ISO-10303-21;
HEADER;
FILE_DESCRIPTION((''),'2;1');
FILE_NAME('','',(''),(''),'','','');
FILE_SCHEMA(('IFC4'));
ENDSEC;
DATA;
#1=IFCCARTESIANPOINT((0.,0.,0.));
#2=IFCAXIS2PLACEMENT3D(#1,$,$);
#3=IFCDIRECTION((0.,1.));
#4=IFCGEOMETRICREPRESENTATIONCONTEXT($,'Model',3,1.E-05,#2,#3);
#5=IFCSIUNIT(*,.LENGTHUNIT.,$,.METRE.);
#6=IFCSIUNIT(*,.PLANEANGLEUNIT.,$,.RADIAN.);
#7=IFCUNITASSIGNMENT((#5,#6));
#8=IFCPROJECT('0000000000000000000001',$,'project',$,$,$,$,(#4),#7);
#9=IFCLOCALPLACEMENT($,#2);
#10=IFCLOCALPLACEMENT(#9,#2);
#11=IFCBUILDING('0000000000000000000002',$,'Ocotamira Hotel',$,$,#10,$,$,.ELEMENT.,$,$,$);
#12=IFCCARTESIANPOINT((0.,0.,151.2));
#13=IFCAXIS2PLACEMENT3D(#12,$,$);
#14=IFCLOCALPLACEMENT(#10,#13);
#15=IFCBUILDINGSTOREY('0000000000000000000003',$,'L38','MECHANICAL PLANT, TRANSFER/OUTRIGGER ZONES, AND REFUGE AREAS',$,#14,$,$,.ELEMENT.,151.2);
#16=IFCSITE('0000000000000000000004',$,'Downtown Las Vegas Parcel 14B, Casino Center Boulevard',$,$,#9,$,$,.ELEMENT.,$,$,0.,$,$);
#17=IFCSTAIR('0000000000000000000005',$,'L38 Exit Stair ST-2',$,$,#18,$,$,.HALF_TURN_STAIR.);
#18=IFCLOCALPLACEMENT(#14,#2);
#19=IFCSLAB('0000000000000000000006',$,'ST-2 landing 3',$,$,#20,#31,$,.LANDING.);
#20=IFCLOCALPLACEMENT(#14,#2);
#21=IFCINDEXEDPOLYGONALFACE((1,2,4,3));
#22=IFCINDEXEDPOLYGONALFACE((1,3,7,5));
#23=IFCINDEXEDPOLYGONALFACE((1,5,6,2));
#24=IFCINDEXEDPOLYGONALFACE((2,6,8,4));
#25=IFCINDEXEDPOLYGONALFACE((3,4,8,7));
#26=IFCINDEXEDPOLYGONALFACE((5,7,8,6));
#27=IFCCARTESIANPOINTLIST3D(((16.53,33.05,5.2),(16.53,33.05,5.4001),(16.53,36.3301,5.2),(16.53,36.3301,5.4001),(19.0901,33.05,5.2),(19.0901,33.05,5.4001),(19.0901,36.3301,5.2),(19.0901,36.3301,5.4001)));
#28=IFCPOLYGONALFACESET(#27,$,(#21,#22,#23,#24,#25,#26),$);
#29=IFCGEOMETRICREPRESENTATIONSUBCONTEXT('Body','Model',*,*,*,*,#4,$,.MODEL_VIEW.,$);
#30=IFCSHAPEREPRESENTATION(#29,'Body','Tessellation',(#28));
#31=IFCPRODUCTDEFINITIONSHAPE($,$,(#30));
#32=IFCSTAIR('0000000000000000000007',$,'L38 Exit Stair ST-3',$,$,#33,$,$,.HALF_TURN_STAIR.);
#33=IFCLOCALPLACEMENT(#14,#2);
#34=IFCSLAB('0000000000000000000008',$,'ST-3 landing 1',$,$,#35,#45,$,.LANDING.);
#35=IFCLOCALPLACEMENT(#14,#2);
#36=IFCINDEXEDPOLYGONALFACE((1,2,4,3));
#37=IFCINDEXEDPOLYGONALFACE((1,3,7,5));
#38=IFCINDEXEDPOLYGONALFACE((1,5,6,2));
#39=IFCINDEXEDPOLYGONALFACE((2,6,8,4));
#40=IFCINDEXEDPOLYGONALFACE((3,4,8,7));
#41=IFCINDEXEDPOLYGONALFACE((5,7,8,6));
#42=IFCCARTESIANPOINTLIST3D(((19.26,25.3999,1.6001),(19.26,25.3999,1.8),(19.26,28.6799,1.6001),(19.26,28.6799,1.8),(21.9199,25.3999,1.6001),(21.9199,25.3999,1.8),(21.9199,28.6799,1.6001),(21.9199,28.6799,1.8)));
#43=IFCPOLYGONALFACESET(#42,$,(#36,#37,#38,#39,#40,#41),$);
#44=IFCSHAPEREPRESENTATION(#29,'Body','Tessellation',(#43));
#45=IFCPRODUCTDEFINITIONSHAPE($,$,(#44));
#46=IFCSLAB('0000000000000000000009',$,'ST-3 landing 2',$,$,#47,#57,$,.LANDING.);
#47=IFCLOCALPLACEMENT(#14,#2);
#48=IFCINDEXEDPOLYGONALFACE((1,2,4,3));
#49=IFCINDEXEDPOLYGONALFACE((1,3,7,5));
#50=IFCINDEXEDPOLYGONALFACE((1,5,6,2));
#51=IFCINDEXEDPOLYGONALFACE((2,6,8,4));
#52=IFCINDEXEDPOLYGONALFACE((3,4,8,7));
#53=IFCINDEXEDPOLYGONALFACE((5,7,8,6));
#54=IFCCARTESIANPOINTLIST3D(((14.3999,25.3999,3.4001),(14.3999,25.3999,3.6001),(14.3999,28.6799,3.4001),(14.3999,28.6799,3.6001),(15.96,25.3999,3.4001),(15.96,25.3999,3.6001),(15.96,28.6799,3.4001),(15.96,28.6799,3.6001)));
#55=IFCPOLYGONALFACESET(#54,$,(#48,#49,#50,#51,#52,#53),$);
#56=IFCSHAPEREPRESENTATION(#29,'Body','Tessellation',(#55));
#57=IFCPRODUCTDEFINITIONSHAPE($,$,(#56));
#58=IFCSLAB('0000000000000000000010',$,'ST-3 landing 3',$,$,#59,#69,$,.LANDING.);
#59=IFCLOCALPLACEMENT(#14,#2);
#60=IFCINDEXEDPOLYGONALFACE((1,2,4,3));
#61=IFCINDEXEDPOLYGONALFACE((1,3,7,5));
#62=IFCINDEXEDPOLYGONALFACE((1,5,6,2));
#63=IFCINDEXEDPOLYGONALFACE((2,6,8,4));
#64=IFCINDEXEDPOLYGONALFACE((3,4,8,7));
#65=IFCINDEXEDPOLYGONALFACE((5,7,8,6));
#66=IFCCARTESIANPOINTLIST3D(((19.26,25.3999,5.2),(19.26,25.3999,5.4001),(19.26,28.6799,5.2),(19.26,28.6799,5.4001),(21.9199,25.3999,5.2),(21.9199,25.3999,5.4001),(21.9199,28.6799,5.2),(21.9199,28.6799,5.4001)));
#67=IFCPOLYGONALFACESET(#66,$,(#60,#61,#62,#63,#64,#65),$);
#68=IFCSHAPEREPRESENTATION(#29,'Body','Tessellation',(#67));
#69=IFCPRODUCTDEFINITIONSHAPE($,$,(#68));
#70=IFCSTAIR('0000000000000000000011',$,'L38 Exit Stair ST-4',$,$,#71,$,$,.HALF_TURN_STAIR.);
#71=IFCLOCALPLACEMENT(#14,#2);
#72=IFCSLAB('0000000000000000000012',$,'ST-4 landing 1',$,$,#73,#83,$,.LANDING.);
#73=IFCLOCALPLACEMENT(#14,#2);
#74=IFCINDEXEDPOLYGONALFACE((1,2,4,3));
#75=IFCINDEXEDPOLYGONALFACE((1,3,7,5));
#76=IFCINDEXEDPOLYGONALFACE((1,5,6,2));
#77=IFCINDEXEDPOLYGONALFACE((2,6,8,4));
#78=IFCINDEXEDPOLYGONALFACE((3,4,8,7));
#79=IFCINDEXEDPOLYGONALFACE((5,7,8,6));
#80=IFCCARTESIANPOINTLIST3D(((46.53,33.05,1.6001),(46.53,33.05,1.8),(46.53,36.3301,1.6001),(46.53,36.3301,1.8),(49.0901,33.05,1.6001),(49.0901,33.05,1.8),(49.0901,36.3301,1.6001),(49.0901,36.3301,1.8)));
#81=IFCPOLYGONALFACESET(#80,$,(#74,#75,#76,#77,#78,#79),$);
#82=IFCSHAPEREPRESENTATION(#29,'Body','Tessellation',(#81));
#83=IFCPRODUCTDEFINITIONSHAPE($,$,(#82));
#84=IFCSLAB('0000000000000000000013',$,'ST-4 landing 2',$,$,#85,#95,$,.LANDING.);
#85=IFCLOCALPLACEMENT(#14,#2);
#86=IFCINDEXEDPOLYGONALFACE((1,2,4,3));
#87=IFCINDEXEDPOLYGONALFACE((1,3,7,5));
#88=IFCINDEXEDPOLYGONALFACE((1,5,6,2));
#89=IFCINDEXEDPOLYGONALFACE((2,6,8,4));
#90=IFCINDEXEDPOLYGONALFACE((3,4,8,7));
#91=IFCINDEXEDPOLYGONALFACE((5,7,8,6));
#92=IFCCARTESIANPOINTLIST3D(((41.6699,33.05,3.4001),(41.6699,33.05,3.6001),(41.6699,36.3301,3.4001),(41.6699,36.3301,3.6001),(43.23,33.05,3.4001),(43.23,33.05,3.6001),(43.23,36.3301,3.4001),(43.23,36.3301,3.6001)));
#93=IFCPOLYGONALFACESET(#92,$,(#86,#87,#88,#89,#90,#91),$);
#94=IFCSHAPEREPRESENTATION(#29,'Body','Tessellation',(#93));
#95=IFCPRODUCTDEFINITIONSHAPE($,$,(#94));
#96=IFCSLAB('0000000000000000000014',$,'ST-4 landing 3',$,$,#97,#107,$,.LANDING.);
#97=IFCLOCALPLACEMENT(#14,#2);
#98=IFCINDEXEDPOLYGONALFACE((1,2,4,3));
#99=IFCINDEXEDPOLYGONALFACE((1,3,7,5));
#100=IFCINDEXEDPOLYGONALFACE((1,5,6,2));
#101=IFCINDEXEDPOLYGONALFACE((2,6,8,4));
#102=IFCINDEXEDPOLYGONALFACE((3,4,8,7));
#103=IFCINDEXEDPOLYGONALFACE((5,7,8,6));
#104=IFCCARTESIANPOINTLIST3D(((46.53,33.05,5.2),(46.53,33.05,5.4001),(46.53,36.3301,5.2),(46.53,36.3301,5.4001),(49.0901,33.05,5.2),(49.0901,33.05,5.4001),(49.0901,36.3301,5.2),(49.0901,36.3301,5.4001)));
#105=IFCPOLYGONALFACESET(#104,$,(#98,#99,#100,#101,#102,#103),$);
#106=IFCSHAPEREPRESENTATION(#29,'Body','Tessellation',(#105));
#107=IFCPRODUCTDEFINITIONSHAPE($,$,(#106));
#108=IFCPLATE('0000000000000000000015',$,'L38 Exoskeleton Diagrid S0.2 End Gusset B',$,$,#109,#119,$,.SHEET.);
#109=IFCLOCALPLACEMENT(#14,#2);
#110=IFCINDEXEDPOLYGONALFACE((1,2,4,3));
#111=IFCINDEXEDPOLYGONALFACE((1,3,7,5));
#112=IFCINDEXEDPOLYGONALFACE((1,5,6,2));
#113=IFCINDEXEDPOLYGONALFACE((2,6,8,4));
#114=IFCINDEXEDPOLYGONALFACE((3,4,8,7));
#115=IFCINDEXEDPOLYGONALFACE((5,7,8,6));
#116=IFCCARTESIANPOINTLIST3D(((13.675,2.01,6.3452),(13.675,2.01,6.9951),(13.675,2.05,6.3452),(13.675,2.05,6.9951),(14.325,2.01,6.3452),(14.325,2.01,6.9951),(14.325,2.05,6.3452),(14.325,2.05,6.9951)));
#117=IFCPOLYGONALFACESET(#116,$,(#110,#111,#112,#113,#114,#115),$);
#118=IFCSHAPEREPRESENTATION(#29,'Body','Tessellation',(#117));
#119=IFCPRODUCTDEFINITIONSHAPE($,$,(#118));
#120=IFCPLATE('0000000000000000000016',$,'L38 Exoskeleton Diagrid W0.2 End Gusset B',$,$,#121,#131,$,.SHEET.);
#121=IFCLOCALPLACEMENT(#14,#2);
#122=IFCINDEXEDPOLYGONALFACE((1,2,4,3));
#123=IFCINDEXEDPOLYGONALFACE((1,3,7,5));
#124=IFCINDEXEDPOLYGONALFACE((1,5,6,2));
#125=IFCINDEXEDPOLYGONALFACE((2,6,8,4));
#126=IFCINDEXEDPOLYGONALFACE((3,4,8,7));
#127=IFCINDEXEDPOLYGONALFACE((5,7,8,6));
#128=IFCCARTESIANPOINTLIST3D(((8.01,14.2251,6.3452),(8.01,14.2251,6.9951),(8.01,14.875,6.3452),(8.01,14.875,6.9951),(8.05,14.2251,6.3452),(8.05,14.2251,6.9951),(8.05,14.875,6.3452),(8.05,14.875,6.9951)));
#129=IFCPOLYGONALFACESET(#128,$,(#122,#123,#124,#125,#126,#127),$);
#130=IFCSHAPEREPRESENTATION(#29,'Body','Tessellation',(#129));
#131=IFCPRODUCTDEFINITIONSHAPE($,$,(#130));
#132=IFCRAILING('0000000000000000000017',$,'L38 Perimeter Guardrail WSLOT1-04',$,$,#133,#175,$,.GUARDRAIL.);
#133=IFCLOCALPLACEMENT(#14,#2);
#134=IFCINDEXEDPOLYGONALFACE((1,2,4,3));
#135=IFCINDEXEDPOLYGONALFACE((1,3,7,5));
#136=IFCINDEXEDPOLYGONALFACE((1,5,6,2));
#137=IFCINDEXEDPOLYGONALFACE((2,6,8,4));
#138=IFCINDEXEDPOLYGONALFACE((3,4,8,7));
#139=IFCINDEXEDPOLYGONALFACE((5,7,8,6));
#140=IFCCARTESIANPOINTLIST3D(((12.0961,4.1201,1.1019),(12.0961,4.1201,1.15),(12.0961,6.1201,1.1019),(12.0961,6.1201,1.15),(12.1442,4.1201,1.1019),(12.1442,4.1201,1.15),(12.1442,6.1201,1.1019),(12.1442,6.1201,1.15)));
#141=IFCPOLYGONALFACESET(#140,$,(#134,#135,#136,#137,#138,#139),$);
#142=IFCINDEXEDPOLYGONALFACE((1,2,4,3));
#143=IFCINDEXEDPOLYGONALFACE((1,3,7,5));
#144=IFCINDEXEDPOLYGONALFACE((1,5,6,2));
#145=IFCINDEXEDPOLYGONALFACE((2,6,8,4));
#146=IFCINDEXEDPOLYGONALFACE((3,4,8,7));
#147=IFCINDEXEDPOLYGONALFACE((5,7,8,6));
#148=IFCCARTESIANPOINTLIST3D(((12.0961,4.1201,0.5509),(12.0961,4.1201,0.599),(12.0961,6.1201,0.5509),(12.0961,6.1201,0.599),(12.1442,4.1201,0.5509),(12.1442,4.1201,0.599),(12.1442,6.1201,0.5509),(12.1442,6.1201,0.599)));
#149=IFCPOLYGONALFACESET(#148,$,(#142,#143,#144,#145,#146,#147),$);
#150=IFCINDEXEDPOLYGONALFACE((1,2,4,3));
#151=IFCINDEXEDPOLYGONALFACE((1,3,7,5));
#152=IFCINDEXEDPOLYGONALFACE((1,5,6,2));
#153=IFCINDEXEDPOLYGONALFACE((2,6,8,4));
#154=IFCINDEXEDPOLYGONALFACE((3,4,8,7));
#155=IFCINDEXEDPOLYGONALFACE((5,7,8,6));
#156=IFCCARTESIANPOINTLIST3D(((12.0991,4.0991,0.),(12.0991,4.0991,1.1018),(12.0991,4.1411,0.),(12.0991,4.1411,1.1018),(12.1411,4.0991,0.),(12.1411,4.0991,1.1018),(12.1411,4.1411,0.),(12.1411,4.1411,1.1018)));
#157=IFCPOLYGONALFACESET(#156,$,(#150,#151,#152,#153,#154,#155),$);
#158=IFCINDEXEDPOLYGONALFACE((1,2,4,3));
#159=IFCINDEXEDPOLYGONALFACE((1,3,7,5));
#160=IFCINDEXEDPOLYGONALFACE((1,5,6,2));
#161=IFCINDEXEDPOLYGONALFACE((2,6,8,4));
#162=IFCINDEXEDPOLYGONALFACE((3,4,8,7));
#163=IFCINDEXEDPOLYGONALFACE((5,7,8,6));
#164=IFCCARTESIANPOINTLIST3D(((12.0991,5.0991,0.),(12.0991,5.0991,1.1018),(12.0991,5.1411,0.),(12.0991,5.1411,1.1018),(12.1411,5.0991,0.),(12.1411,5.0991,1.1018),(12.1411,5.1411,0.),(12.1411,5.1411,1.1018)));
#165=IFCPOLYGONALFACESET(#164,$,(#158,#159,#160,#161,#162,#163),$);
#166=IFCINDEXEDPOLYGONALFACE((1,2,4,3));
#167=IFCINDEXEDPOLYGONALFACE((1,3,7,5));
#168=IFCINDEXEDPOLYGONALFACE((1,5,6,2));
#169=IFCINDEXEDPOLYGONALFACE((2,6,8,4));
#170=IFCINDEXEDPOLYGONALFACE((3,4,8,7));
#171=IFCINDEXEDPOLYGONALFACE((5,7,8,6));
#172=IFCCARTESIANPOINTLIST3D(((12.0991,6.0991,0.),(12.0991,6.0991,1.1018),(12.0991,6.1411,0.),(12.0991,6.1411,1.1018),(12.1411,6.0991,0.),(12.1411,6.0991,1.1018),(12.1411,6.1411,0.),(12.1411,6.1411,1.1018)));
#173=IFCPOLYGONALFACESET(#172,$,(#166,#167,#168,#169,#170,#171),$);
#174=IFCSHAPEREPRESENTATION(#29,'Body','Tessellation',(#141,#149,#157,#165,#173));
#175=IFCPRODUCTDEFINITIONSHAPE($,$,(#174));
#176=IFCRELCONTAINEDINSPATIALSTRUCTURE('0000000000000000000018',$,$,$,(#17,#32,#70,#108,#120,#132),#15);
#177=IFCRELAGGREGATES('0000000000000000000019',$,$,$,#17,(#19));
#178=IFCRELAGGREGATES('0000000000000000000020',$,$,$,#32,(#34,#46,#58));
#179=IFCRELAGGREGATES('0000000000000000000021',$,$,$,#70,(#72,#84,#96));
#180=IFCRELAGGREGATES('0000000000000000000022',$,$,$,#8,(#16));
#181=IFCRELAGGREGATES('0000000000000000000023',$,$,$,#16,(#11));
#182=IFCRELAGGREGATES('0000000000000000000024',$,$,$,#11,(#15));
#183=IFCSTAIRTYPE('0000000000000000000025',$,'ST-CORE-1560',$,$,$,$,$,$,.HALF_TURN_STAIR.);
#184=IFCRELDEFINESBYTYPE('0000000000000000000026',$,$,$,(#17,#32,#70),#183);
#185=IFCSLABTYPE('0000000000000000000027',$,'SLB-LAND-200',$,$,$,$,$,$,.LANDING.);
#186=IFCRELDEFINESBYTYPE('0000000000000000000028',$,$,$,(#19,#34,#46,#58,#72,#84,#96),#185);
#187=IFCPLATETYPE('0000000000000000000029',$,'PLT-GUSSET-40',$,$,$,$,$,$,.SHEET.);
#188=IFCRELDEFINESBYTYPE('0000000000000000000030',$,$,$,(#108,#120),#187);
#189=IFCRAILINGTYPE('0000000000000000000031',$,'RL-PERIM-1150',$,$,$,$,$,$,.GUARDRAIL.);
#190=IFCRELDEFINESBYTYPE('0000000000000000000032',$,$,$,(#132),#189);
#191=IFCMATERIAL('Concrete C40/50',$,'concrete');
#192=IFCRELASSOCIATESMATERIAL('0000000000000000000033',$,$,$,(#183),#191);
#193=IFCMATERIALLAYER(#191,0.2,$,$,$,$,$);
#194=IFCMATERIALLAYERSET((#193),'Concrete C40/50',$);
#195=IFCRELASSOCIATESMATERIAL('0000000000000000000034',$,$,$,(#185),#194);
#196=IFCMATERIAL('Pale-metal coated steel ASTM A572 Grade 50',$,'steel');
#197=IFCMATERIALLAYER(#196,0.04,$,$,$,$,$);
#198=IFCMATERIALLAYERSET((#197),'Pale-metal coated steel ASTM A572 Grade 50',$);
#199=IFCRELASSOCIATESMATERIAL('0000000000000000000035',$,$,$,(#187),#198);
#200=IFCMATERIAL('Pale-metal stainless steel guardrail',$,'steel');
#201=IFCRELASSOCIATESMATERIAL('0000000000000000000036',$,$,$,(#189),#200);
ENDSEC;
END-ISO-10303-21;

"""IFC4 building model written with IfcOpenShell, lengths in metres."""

from ifc_helpers import new_model, si_unit, direction, frame, origin, origin_2d, place, context, subcontext, project, spatial, polyline, rectangle, outline, extrude, source, transform, mapped, material, layer, layer_set, type_object, element, aggregate, save


model = new_model("IFC4")

# Units and contexts
model_context = context("Model", 3, precision=1e-05, world=origin(), true_north=direction((0.0, 1.0)))
body_context = subcontext(model_context, "Body", "Model", "MODEL_VIEW")
ifc_project = project(units=[si_unit("LENGTHUNIT", "METRE"), si_unit("PLANEANGLEUNIT", "RADIAN")], contexts=[model_context])

# Site, building, storey
site_placement = place(None, origin())
site = spatial("IfcSite", under=ifc_project, at=site_placement, Name="Downtown Las Vegas Parcel 14B, Casino Center Boulevard", CompositionType="ELEMENT", RefElevation=0.0)
building_placement = place(site_placement, origin())
building = spatial("IfcBuilding", under=site, at=building_placement, Name="Ocotamira Hotel", CompositionType="ELEMENT")
storey_placement = place(building_placement, frame((0.0, 0.0, 151.2)))
storey = spatial("IfcBuildingStorey", under=building, at=storey_placement, Name="L38", Description="MECHANICAL PLANT, TRANSFER/OUTRIGGER ZONES, AND REFUGE AREAS", CompositionType="ELEMENT", Elevation=151.2)

# Shared definitions
ifc_material_1 = material(Name="Concrete C40/50", Category="concrete")

# Stairs, slabs
stair_type = type_object("IfcStairType", Name="ST-CORE-1560", PredefinedType="HALF_TURN_STAIR", material=ifc_material_1)
ifc_layer_1 = layer(ifc_material_1, 0.2)
ifc_layer_set_1 = layer_set([ifc_layer_1], Name="Concrete C40/50")
slab_type_1 = type_object("IfcSlabType", Name="SLB-LAND-200", PredefinedType="LANDING", material=ifc_layer_set_1)
stair_1_placement = place(storey_placement, origin())
stair_1 = element("IfcStair", 1, at=stair_1_placement, inside=storey, type_object=stair_type, Name="L38 Exit Stair ST-2", PredefinedType="HALF_TURN_STAIR")
slab_1_placement = place(storey_placement, frame((0.0, 0.0, 5.2)))
slab_1 = element("IfcSlab", 2, at=slab_1_placement, type_object=slab_type_1, Name="ST-2 landing 3", PredefinedType="LANDING", context=body_context, shape_type="SweptSolid", body=[
    extrude(outline(polyline([(16.53, 33.05), (19.0901, 33.05), (19.0901, 36.3301), (16.53, 36.3301), (16.53, 33.05)])), origin(), (0.0, 0.0, 1.0), 0.2002),
])
aggregate(stair_1, [slab_1])
stair_2_placement = place(storey_placement, origin())
stair_2 = element("IfcStair", 3, at=stair_2_placement, inside=storey, type_object=stair_type, Name="L38 Exit Stair ST-3", PredefinedType="HALF_TURN_STAIR")
slab_2_placement = place(storey_placement, frame((0.0, 0.0, 1.6001)))
slab_2 = element("IfcSlab", 4, at=slab_2_placement, type_object=slab_type_1, Name="ST-3 landing 1", PredefinedType="LANDING", context=body_context, shape_type="SweptSolid", body=[
    extrude(outline(polyline([(19.26, 25.3999), (21.9199, 25.3999), (21.9199, 28.6799), (19.26, 28.6799), (19.26, 25.3999)])), origin(), (0.0, 0.0, 1.0), 0.2),
])
slab_3_placement = place(storey_placement, frame((0.0, 0.0, 3.4001)))
slab_3 = element("IfcSlab", 5, at=slab_3_placement, type_object=slab_type_1, Name="ST-3 landing 2", PredefinedType="LANDING", context=body_context, shape_type="SweptSolid", body=[
    extrude(outline(polyline([(14.3999, 25.3999), (15.96, 25.3999), (15.96, 28.6799), (14.3999, 28.6799), (14.3999, 25.3999)])), origin(), (0.0, 0.0, 1.0), 0.2),
])
slab_4_placement = place(storey_placement, frame((0.0, 0.0, 5.2)))
slab_4 = element("IfcSlab", 6, at=slab_4_placement, type_object=slab_type_1, Name="ST-3 landing 3", PredefinedType="LANDING", context=body_context, shape_type="SweptSolid", body=[
    extrude(outline(polyline([(19.26, 25.3999), (21.9199, 25.3999), (21.9199, 28.6799), (19.26, 28.6799), (19.26, 25.3999)])), origin(), (0.0, 0.0, 1.0), 0.2002),
])
aggregate(stair_2, [slab_2, slab_3, slab_4])
stair_3_placement = place(storey_placement, origin())
stair_3 = element("IfcStair", 7, at=stair_3_placement, inside=storey, type_object=stair_type, Name="L38 Exit Stair ST-4", PredefinedType="HALF_TURN_STAIR")
slab_5_placement = place(storey_placement, frame((0.0, 0.0, 1.6001)))
slab_5 = element("IfcSlab", 8, at=slab_5_placement, type_object=slab_type_1, Name="ST-4 landing 1", PredefinedType="LANDING", context=body_context, shape_type="SweptSolid", body=[
    extrude(outline(polyline([(46.53, 33.05), (49.0901, 33.05), (49.0901, 36.3301), (46.53, 36.3301), (46.53, 33.05)])), origin(), (0.0, 0.0, 1.0), 0.2),
])
slab_6_placement = place(storey_placement, frame((0.0, 0.0, 3.4001)))
slab_6 = element("IfcSlab", 9, at=slab_6_placement, type_object=slab_type_1, Name="ST-4 landing 2", PredefinedType="LANDING", context=body_context, shape_type="SweptSolid", body=[
    extrude(outline(polyline([(41.6699, 33.05), (43.23, 33.05), (43.23, 36.3301), (41.6699, 36.3301), (41.6699, 33.05)])), origin(), (0.0, 0.0, 1.0), 0.2),
])
slab_7_placement = place(storey_placement, frame((0.0, 0.0, 5.2)))
slab_7 = element("IfcSlab", 10, at=slab_7_placement, type_object=slab_type_1, Name="ST-4 landing 3", PredefinedType="LANDING", context=body_context, shape_type="SweptSolid", body=[
    extrude(outline(polyline([(46.53, 33.05), (49.0901, 33.05), (49.0901, 36.3301), (46.53, 36.3301), (46.53, 33.05)])), origin(), (0.0, 0.0, 1.0), 0.2002),
])
aggregate(stair_3, [slab_5, slab_6, slab_7])

# Plates
ifc_material_2 = material(Name="Pale-metal coated steel ASTM A572 Grade 50", Category="steel")
ifc_layer_2 = layer(ifc_material_2, 0.04)
ifc_layer_set_2 = layer_set([ifc_layer_2], Name="Pale-metal coated steel ASTM A572 Grade 50")
plate_type = type_object("IfcPlateType", Name="PLT-GUSSET-40", PredefinedType="SHEET", material=ifc_layer_set_2)
shared_shape_1 = source(origin(), body_context, "Body", "SweptSolid", [
    extrude(rectangle(XDim=0.6499, YDim=0.04, at=origin_2d()), origin(), (0.0, 0.0, 1.0), 0.6499),
])
plate_1_placement = place(storey_placement, frame((14.0, 2.03, 6.3452), z_axis=(0.0, 0.0, 1.0), x_axis=(-1.0, 0.0, 0.0)))
element("IfcPlate", 11, at=plate_1_placement, inside=storey, type_object=plate_type, Name="L38 Exoskeleton Diagrid S0.2 End Gusset B", PredefinedType="SHEET", context=body_context, shape_type="MappedRepresentation", body=[
    mapped(shared_shape_1, transform((0.0, 0.0, 0.0), scale=1.0)),
])
shared_shape_2 = source(origin(), body_context, "Body", "SweptSolid", [
    extrude(rectangle(XDim=0.04, YDim=0.6499, at=origin_2d()), origin(), (0.0, 0.0, 1.0), 0.6499),
])
plate_2_placement = place(storey_placement, frame((8.03, 14.55, 6.3452), z_axis=(0.0, 0.0, 1.0), x_axis=(1.0, 0.0, 0.0)))
element("IfcPlate", 12, at=plate_2_placement, inside=storey, type_object=plate_type, Name="L38 Exoskeleton Diagrid W0.2 End Gusset B", PredefinedType="SHEET", context=body_context, shape_type="MappedRepresentation", body=[
    mapped(shared_shape_2, transform((0.0, 0.0, 0.0), scale=1.0)),
])

# Railing
ifc_material_3 = material(Name="Pale-metal stainless steel guardrail", Category="steel")
railing_type = type_object("IfcRailingType", Name="RL-PERIM-1150", PredefinedType="GUARDRAIL", material=ifc_material_3)
railing_1_placement = place(storey_placement, frame((12.1201, 4.1201, 0.0)))
element("IfcRailing", 13, at=railing_1_placement, inside=storey, type_object=railing_type, Name="L38 Perimeter Guardrail WSLOT1-04", PredefinedType="GUARDRAIL", context=body_context, shape_type="SweptSolid", body=[
    extrude(rectangle(XDim=0.0481, YDim=0.0481, at=origin_2d()), frame((0.0, 0.0, 1.126), z_axis=(0.0, 1.0, 0.0), x_axis=(-1.0, 0.0, 0.0)), (0.0, 0.0, 1.0), 2.0),
    extrude(rectangle(XDim=0.0481, YDim=0.0481, at=origin_2d()), frame((0.0, 0.0, 0.575), z_axis=(0.0, 1.0, 0.0), x_axis=(-1.0, 0.0, 0.0)), (0.0, 0.0, 1.0), 2.0),
    extrude(rectangle(XDim=0.042, YDim=0.042, at=origin_2d()), origin(), (0.0, 0.0, 1.0), 1.1018),
    extrude(rectangle(XDim=0.042, YDim=0.042, at=origin_2d()), frame((0.0, 1.0, 0.0)), (0.0, 0.0, 1.0), 1.1018),
    extrude(rectangle(XDim=0.042, YDim=0.042, at=origin_2d()), frame((0.0, 2.0, 0.0)), (0.0, 0.0, 1.0), 1.1018),
])

save(model, "model.ifc")
